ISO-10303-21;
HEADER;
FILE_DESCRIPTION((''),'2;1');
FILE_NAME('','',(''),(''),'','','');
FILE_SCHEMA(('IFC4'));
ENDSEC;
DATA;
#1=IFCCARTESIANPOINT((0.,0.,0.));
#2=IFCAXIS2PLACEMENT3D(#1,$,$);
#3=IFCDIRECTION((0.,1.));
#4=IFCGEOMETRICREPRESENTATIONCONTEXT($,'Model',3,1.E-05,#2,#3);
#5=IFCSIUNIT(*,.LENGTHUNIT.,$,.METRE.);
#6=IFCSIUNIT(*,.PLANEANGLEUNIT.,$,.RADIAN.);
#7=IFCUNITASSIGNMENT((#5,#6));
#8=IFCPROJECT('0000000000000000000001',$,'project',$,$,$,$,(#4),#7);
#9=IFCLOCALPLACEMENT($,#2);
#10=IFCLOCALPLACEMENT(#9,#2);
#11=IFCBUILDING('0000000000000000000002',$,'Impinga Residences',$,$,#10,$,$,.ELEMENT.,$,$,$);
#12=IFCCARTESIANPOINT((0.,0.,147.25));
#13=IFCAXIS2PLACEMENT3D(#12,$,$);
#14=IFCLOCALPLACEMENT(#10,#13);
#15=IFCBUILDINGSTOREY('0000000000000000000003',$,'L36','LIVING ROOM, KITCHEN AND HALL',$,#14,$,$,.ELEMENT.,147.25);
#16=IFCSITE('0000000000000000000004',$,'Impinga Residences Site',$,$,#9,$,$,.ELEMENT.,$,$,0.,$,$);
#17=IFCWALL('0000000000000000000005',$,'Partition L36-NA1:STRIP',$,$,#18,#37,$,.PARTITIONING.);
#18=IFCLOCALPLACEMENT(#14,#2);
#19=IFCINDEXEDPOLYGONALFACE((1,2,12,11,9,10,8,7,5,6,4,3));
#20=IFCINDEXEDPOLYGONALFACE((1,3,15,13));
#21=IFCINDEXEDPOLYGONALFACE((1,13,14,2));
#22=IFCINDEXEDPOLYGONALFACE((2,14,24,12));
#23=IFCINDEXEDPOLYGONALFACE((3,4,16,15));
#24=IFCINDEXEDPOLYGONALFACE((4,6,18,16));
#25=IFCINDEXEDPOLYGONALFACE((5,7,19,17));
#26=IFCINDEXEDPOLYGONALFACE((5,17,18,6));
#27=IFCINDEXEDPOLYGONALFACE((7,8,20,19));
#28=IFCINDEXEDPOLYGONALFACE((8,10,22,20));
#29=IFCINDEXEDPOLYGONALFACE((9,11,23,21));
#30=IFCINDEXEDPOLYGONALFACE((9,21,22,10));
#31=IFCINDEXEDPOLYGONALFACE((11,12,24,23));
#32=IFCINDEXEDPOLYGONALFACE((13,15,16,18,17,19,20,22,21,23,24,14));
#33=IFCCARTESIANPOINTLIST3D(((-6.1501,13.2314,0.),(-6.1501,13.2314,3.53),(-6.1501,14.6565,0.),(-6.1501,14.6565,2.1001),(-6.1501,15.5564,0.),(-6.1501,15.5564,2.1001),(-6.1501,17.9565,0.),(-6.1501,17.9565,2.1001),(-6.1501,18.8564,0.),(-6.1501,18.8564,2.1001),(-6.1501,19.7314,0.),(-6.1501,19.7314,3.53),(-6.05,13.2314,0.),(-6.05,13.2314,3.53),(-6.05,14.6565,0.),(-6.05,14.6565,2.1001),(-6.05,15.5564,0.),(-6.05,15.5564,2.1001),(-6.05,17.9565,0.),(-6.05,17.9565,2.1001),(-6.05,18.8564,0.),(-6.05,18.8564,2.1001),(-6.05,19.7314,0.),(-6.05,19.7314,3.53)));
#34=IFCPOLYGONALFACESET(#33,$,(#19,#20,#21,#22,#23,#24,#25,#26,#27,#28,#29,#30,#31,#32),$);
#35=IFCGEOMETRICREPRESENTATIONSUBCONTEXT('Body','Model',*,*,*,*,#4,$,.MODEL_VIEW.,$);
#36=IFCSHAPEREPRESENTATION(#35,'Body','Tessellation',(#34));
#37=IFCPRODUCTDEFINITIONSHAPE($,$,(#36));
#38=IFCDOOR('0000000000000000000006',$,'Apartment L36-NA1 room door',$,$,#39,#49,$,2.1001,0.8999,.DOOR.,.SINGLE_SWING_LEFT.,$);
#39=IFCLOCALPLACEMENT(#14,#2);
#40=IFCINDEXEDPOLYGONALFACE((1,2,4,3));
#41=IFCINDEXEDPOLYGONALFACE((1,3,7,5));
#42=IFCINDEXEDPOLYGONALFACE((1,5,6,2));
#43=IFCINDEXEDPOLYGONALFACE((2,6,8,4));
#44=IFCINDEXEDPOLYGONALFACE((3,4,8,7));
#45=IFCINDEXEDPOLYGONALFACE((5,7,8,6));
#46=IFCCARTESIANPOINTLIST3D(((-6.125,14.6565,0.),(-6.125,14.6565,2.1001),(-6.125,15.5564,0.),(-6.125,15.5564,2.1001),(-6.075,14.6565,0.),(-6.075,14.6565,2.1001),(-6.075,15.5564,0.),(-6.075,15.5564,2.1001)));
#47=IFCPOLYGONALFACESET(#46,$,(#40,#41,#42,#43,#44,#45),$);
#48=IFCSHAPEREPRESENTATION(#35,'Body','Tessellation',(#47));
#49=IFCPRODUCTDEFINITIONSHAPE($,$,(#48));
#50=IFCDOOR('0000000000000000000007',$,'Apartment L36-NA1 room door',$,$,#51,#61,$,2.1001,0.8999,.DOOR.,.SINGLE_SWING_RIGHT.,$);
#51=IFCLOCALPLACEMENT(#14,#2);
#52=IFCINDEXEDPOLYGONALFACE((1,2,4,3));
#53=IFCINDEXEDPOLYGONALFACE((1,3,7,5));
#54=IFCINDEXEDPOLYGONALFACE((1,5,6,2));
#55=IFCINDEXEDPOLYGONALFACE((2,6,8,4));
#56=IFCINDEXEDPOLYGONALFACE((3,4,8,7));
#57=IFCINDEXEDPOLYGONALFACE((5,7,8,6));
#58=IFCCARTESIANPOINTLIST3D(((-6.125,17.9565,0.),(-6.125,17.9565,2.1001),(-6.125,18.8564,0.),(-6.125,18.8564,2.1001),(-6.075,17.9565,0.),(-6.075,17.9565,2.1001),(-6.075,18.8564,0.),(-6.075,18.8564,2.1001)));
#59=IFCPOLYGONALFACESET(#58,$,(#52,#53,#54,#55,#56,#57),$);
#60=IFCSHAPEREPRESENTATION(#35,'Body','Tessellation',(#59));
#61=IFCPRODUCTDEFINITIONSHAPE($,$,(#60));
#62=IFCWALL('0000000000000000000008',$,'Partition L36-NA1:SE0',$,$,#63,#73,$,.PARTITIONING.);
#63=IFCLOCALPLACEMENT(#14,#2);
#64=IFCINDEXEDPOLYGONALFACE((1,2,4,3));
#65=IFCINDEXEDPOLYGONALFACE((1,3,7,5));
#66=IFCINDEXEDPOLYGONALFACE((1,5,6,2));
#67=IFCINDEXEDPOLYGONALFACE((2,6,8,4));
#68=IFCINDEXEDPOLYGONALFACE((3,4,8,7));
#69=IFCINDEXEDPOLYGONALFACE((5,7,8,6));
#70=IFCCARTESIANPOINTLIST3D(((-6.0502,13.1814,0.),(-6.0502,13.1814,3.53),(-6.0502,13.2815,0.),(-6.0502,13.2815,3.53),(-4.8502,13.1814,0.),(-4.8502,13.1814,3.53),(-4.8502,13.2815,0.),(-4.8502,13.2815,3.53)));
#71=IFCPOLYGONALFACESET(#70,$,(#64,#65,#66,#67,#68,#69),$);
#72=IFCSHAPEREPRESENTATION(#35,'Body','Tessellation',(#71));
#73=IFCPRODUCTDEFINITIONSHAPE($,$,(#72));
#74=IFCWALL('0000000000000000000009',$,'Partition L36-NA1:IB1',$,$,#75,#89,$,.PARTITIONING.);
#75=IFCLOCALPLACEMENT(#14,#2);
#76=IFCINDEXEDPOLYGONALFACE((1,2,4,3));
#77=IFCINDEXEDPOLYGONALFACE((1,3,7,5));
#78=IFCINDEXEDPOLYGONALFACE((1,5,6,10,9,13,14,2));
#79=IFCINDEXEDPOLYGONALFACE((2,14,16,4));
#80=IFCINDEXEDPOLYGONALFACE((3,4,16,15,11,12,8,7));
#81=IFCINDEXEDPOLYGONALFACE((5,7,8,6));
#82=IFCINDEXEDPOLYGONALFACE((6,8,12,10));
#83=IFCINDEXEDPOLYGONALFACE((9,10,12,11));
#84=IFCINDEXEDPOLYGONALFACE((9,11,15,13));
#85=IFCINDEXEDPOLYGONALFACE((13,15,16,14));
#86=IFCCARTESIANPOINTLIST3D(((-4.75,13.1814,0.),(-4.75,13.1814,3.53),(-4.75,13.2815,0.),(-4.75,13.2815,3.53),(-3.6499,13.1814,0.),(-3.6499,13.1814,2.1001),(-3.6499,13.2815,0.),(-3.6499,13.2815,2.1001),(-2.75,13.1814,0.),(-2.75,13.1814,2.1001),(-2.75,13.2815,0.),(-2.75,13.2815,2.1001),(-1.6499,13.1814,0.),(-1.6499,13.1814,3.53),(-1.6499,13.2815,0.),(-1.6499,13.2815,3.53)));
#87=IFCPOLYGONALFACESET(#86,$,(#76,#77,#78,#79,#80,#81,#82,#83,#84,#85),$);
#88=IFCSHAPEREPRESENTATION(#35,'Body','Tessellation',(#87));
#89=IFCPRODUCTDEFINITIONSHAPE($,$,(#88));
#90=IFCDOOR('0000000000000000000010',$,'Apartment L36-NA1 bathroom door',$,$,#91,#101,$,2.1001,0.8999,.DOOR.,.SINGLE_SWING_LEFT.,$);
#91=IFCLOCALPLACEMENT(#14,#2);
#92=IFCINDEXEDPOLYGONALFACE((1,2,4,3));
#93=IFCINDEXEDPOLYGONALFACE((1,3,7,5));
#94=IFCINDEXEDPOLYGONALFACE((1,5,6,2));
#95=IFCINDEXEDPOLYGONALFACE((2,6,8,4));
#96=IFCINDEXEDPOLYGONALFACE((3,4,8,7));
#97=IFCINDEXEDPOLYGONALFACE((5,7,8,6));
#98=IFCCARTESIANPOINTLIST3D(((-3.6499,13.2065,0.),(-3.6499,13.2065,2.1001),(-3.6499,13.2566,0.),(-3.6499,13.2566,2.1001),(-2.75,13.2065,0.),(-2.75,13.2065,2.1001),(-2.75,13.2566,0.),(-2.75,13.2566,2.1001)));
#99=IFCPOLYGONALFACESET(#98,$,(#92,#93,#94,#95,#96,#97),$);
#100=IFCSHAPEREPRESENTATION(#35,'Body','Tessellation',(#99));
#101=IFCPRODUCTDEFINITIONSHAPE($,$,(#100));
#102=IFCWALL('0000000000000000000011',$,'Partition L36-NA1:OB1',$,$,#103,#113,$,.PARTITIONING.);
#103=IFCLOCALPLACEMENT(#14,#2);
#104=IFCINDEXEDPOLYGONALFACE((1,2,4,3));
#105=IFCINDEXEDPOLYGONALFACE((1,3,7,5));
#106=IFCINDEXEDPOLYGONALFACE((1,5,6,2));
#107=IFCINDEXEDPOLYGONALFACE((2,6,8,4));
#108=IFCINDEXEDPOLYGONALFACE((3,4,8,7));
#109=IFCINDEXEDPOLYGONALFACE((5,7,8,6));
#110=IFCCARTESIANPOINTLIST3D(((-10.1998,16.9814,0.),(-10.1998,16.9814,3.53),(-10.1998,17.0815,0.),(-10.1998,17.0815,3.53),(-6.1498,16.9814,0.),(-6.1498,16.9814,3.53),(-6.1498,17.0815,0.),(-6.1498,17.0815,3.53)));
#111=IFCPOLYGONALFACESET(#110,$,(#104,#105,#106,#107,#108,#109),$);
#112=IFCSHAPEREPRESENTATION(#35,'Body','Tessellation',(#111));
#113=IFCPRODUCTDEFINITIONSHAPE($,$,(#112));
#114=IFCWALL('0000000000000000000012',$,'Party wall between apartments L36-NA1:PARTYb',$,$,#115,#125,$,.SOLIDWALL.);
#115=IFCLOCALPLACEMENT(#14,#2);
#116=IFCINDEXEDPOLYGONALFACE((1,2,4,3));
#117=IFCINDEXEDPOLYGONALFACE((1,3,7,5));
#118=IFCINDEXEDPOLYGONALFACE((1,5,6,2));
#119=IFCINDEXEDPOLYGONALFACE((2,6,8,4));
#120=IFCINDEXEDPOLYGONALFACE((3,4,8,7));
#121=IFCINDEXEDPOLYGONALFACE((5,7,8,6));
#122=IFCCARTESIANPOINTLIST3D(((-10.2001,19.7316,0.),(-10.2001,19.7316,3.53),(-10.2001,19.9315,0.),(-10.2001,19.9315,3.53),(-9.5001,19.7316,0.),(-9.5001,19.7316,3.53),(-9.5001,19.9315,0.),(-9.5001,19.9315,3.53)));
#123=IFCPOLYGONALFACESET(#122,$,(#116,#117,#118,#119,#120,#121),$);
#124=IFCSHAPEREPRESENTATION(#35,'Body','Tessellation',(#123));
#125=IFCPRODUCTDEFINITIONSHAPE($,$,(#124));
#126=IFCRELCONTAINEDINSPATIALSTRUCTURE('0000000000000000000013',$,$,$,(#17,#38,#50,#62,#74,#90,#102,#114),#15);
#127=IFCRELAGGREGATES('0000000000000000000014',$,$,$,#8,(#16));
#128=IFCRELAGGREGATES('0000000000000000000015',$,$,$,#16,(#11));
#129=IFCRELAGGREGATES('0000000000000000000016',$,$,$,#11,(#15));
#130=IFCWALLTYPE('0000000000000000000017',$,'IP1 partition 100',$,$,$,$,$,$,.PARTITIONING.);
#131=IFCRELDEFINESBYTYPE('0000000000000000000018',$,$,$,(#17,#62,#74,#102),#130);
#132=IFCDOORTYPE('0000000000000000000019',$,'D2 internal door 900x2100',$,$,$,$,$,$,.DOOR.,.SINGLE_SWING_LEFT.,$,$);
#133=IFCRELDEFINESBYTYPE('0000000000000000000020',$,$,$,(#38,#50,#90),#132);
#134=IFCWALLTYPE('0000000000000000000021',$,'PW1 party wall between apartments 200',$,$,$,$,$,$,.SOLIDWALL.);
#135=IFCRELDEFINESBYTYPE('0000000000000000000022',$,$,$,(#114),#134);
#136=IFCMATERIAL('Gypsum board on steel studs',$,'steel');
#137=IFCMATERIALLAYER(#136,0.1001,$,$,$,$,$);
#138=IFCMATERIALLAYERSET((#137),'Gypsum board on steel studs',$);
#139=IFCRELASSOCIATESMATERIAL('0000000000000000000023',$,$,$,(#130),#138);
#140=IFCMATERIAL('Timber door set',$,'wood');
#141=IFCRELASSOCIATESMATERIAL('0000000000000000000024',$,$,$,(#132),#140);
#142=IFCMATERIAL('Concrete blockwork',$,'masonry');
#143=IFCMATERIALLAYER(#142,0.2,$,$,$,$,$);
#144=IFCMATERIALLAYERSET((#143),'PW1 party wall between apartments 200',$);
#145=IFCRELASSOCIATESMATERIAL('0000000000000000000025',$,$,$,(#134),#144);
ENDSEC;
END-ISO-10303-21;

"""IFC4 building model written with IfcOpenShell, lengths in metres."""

from ifc_helpers import new_model, si_unit, direction, frame, frame_2d, origin, place, context, subcontext, project, spatial, rectangle, extrude, material, layer, layer_set, type_object, element, fill, save


model = new_model("IFC4")

# Units and contexts
model_context = context("Model", 3, precision=1e-05, world=origin(), true_north=direction((0.0, 1.0)))
body_context = subcontext(model_context, "Body", "Model", "MODEL_VIEW")
ifc_project = project(units=[si_unit("LENGTHUNIT", "METRE"), si_unit("PLANEANGLEUNIT", "RADIAN")], contexts=[model_context])

# Site, building, storey
site_placement = place(None, origin())
site = spatial("IfcSite", under=ifc_project, at=site_placement, Name="Impinga Residences Site", CompositionType="ELEMENT", RefElevation=0.0)
building_placement = place(site_placement, origin())
building = spatial("IfcBuilding", under=site, at=building_placement, Name="Impinga Residences", CompositionType="ELEMENT")
storey_placement = place(building_placement, frame((0.0, 0.0, 147.25)))
storey = spatial("IfcBuildingStorey", under=building, at=storey_placement, Name="L36", Description="LIVING ROOM, KITCHEN AND HALL", CompositionType="ELEMENT", Elevation=147.25)

# Shared definitions
ifc_material_1 = material(Name="Timber door set", Category="wood")

# Shared definitions
ifc_material_2 = material(Name="Gypsum board on steel studs", Category="steel")
ifc_layer_1 = layer(ifc_material_2, 0.1001)
ifc_layer_set_1 = layer_set([ifc_layer_1], Name="Gypsum board on steel studs")
wall_type_1 = type_object("IfcWallType", Name="IP1 partition 100", PredefinedType="PARTITIONING", material=ifc_layer_set_1)

# Wall, openings, doors
wall_1_placement = place(storey_placement, frame((-6.1001, 13.2314, 0.0), z_axis=(0.0, 0.0, 1.0), x_axis=(0.0, 1.0, 0.0)))
wall_1 = element("IfcWall", 1, at=wall_1_placement, inside=storey, type_object=wall_type_1, Name="Partition L36-NA1:STRIP", PredefinedType="PARTITIONING", context=body_context, shape_type="SweptSolid", body=[
    extrude(rectangle(XDim=6.5, YDim=0.1001, at=frame_2d((3.25, 0.0))), origin(), (0.0, 0.0, 1.0), 3.53),
])
opening_1_placement = place(wall_1_placement, frame((1.425, 0.0, 0.0)))
opening_1 = element("IfcOpeningElement", 2, at=opening_1_placement, cuts=wall_1, PredefinedType="OPENING", context=body_context, shape_type="SweptSolid", body=[
    extrude(rectangle(XDim=0.8999, YDim=2.1001, at=frame_2d((0.45, 1.05))), frame((0.0, 0.0601, 0.0), z_axis=(0.0, -1.0, 0.0), x_axis=(1.0, 0.0, 0.0)), (0.0, 0.0, 1.0), 0.1201),
])
opening_2_placement = place(wall_1_placement, frame((4.7251, 0.0, 0.0)))
opening_2 = element("IfcOpeningElement", 3, at=opening_2_placement, cuts=wall_1, PredefinedType="OPENING", context=body_context, shape_type="SweptSolid", body=[
    extrude(rectangle(XDim=0.8999, YDim=2.1001, at=frame_2d((0.45, 1.05))), frame((0.0, 0.0601, 0.0), z_axis=(0.0, -1.0, 0.0), x_axis=(1.0, 0.0, 0.0)), (0.0, 0.0, 1.0), 0.1201),
])
door_type_1 = type_object("IfcDoorType", Name="D2 internal door 900x2100", OperationType="SINGLE_SWING_LEFT", PredefinedType="DOOR", material=ifc_material_1)
door_1_placement = place(opening_1_placement, origin())
door_1 = element("IfcDoor", 4, at=door_1_placement, inside=storey, type_object=door_type_1, Name="Apartment L36-NA1 room door", OperationType="SINGLE_SWING_LEFT", OverallHeight=2.1001, OverallWidth=0.8999, PredefinedType="DOOR", context=body_context, shape_type="SweptSolid", body=[
    extrude(rectangle(XDim=0.8999, YDim=2.1001, at=frame_2d((0.45, 1.05))), frame((0.0, 0.0249, 0.0), z_axis=(0.0, -1.0, 0.0), x_axis=(1.0, 0.0, 0.0)), (0.0, 0.0, 1.0), 0.05),
])
fill(opening_1, door_1)
door_2_placement = place(opening_2_placement, origin())
door_2 = element("IfcDoor", 5, at=door_2_placement, inside=storey, type_object=door_type_1, Name="Apartment L36-NA1 room door", OperationType="SINGLE_SWING_RIGHT", OverallHeight=2.1001, OverallWidth=0.8999, PredefinedType="DOOR", context=body_context, shape_type="SweptSolid", body=[
    extrude(rectangle(XDim=0.8999, YDim=2.1001, at=frame_2d((0.45, 1.05))), frame((0.0, 0.0249, 0.0), z_axis=(0.0, -1.0, 0.0), x_axis=(1.0, 0.0, 0.0)), (0.0, 0.0, 1.0), 0.05),
])
fill(opening_2, door_2)

# Wall
wall_2_placement = place(storey_placement, frame((-4.8501, 13.2314, 0.0), z_axis=(0.0, 0.0, 1.0), x_axis=(-1.0, 0.0, 0.0)))
element("IfcWall", 6, at=wall_2_placement, inside=storey, type_object=wall_type_1, Name="Partition L36-NA1:SE0", PredefinedType="PARTITIONING", context=body_context, shape_type="SweptSolid", body=[
    extrude(rectangle(XDim=1.2, YDim=0.1001, at=frame_2d((0.6001, 0.0))), origin(), (0.0, 0.0, 1.0), 3.53),
])

# Wall, opening, door
wall_3_placement = place(storey_placement, frame((-1.6499, 13.2314, 0.0), z_axis=(0.0, 0.0, 1.0), x_axis=(-1.0, 0.0, 0.0)))
wall_3 = element("IfcWall", 7, at=wall_3_placement, inside=storey, type_object=wall_type_1, Name="Partition L36-NA1:IB1", PredefinedType="PARTITIONING", context=body_context, shape_type="SweptSolid", body=[
    extrude(rectangle(XDim=3.1001, YDim=0.1001, at=frame_2d((1.55, 0.0))), origin(), (0.0, 0.0, 1.0), 3.53),
])
opening_3_placement = place(wall_3_placement, frame((1.1001, 0.0, 0.0)))
opening_3 = element("IfcOpeningElement", 8, at=opening_3_placement, cuts=wall_3, PredefinedType="OPENING", context=body_context, shape_type="SweptSolid", body=[
    extrude(rectangle(XDim=0.8999, YDim=2.1001, at=frame_2d((0.45, 1.05))), frame((0.0, 0.0601, 0.0), z_axis=(0.0, -1.0, 0.0), x_axis=(1.0, 0.0, 0.0)), (0.0, 0.0, 1.0), 0.1201),
])
door_3_placement = place(opening_3_placement, origin())
door_3 = element("IfcDoor", 9, at=door_3_placement, inside=storey, type_object=door_type_1, Name="Apartment L36-NA1 bathroom door", OperationType="SINGLE_SWING_LEFT", OverallHeight=2.1001, OverallWidth=0.8999, PredefinedType="DOOR", context=body_context, shape_type="SweptSolid", body=[
    extrude(rectangle(XDim=0.8999, YDim=2.1001, at=frame_2d((0.45, 1.05))), frame((0.0, 0.0249, 0.0), z_axis=(0.0, -1.0, 0.0), x_axis=(1.0, 0.0, 0.0)), (0.0, 0.0, 1.0), 0.05),
])
fill(opening_3, door_3)

# Walls
wall_4_placement = place(storey_placement, frame((-6.1499, 17.0315, 0.0), z_axis=(0.0, 0.0, 1.0), x_axis=(-1.0, 0.0, 0.0)))
element("IfcWall", 10, at=wall_4_placement, inside=storey, type_object=wall_type_1, Name="Partition L36-NA1:OB1", PredefinedType="PARTITIONING", context=body_context, shape_type="SweptSolid", body=[
    extrude(rectangle(XDim=4.05, YDim=0.1001, at=frame_2d((2.0249, 0.0))), origin(), (0.0, 0.0, 1.0), 3.53),
])
ifc_material_3 = material(Name="Concrete blockwork", Category="masonry")
ifc_layer_2 = layer(ifc_material_3, 0.2)
ifc_layer_set_2 = layer_set([ifc_layer_2], Name="PW1 party wall between apartments 200")
wall_type_2 = type_object("IfcWallType", Name="PW1 party wall between apartments 200", PredefinedType="SOLIDWALL", material=ifc_layer_set_2)
wall_5_placement = place(storey_placement, frame((-9.5, 19.8315, 0.0), z_axis=(0.0, 0.0, 1.0), x_axis=(-1.0, 0.0, 0.0)))
element("IfcWall", 11, at=wall_5_placement, inside=storey, type_object=wall_type_2, Name="Party wall between apartments L36-NA1:PARTYb", PredefinedType="SOLIDWALL", context=body_context, shape_type="SweptSolid", body=[
    extrude(rectangle(XDim=0.7, YDim=0.2, at=frame_2d((0.3501, 0.0))), origin(), (0.0, 0.0, 1.0), 3.53),
])

save(model, "model.ifc")
